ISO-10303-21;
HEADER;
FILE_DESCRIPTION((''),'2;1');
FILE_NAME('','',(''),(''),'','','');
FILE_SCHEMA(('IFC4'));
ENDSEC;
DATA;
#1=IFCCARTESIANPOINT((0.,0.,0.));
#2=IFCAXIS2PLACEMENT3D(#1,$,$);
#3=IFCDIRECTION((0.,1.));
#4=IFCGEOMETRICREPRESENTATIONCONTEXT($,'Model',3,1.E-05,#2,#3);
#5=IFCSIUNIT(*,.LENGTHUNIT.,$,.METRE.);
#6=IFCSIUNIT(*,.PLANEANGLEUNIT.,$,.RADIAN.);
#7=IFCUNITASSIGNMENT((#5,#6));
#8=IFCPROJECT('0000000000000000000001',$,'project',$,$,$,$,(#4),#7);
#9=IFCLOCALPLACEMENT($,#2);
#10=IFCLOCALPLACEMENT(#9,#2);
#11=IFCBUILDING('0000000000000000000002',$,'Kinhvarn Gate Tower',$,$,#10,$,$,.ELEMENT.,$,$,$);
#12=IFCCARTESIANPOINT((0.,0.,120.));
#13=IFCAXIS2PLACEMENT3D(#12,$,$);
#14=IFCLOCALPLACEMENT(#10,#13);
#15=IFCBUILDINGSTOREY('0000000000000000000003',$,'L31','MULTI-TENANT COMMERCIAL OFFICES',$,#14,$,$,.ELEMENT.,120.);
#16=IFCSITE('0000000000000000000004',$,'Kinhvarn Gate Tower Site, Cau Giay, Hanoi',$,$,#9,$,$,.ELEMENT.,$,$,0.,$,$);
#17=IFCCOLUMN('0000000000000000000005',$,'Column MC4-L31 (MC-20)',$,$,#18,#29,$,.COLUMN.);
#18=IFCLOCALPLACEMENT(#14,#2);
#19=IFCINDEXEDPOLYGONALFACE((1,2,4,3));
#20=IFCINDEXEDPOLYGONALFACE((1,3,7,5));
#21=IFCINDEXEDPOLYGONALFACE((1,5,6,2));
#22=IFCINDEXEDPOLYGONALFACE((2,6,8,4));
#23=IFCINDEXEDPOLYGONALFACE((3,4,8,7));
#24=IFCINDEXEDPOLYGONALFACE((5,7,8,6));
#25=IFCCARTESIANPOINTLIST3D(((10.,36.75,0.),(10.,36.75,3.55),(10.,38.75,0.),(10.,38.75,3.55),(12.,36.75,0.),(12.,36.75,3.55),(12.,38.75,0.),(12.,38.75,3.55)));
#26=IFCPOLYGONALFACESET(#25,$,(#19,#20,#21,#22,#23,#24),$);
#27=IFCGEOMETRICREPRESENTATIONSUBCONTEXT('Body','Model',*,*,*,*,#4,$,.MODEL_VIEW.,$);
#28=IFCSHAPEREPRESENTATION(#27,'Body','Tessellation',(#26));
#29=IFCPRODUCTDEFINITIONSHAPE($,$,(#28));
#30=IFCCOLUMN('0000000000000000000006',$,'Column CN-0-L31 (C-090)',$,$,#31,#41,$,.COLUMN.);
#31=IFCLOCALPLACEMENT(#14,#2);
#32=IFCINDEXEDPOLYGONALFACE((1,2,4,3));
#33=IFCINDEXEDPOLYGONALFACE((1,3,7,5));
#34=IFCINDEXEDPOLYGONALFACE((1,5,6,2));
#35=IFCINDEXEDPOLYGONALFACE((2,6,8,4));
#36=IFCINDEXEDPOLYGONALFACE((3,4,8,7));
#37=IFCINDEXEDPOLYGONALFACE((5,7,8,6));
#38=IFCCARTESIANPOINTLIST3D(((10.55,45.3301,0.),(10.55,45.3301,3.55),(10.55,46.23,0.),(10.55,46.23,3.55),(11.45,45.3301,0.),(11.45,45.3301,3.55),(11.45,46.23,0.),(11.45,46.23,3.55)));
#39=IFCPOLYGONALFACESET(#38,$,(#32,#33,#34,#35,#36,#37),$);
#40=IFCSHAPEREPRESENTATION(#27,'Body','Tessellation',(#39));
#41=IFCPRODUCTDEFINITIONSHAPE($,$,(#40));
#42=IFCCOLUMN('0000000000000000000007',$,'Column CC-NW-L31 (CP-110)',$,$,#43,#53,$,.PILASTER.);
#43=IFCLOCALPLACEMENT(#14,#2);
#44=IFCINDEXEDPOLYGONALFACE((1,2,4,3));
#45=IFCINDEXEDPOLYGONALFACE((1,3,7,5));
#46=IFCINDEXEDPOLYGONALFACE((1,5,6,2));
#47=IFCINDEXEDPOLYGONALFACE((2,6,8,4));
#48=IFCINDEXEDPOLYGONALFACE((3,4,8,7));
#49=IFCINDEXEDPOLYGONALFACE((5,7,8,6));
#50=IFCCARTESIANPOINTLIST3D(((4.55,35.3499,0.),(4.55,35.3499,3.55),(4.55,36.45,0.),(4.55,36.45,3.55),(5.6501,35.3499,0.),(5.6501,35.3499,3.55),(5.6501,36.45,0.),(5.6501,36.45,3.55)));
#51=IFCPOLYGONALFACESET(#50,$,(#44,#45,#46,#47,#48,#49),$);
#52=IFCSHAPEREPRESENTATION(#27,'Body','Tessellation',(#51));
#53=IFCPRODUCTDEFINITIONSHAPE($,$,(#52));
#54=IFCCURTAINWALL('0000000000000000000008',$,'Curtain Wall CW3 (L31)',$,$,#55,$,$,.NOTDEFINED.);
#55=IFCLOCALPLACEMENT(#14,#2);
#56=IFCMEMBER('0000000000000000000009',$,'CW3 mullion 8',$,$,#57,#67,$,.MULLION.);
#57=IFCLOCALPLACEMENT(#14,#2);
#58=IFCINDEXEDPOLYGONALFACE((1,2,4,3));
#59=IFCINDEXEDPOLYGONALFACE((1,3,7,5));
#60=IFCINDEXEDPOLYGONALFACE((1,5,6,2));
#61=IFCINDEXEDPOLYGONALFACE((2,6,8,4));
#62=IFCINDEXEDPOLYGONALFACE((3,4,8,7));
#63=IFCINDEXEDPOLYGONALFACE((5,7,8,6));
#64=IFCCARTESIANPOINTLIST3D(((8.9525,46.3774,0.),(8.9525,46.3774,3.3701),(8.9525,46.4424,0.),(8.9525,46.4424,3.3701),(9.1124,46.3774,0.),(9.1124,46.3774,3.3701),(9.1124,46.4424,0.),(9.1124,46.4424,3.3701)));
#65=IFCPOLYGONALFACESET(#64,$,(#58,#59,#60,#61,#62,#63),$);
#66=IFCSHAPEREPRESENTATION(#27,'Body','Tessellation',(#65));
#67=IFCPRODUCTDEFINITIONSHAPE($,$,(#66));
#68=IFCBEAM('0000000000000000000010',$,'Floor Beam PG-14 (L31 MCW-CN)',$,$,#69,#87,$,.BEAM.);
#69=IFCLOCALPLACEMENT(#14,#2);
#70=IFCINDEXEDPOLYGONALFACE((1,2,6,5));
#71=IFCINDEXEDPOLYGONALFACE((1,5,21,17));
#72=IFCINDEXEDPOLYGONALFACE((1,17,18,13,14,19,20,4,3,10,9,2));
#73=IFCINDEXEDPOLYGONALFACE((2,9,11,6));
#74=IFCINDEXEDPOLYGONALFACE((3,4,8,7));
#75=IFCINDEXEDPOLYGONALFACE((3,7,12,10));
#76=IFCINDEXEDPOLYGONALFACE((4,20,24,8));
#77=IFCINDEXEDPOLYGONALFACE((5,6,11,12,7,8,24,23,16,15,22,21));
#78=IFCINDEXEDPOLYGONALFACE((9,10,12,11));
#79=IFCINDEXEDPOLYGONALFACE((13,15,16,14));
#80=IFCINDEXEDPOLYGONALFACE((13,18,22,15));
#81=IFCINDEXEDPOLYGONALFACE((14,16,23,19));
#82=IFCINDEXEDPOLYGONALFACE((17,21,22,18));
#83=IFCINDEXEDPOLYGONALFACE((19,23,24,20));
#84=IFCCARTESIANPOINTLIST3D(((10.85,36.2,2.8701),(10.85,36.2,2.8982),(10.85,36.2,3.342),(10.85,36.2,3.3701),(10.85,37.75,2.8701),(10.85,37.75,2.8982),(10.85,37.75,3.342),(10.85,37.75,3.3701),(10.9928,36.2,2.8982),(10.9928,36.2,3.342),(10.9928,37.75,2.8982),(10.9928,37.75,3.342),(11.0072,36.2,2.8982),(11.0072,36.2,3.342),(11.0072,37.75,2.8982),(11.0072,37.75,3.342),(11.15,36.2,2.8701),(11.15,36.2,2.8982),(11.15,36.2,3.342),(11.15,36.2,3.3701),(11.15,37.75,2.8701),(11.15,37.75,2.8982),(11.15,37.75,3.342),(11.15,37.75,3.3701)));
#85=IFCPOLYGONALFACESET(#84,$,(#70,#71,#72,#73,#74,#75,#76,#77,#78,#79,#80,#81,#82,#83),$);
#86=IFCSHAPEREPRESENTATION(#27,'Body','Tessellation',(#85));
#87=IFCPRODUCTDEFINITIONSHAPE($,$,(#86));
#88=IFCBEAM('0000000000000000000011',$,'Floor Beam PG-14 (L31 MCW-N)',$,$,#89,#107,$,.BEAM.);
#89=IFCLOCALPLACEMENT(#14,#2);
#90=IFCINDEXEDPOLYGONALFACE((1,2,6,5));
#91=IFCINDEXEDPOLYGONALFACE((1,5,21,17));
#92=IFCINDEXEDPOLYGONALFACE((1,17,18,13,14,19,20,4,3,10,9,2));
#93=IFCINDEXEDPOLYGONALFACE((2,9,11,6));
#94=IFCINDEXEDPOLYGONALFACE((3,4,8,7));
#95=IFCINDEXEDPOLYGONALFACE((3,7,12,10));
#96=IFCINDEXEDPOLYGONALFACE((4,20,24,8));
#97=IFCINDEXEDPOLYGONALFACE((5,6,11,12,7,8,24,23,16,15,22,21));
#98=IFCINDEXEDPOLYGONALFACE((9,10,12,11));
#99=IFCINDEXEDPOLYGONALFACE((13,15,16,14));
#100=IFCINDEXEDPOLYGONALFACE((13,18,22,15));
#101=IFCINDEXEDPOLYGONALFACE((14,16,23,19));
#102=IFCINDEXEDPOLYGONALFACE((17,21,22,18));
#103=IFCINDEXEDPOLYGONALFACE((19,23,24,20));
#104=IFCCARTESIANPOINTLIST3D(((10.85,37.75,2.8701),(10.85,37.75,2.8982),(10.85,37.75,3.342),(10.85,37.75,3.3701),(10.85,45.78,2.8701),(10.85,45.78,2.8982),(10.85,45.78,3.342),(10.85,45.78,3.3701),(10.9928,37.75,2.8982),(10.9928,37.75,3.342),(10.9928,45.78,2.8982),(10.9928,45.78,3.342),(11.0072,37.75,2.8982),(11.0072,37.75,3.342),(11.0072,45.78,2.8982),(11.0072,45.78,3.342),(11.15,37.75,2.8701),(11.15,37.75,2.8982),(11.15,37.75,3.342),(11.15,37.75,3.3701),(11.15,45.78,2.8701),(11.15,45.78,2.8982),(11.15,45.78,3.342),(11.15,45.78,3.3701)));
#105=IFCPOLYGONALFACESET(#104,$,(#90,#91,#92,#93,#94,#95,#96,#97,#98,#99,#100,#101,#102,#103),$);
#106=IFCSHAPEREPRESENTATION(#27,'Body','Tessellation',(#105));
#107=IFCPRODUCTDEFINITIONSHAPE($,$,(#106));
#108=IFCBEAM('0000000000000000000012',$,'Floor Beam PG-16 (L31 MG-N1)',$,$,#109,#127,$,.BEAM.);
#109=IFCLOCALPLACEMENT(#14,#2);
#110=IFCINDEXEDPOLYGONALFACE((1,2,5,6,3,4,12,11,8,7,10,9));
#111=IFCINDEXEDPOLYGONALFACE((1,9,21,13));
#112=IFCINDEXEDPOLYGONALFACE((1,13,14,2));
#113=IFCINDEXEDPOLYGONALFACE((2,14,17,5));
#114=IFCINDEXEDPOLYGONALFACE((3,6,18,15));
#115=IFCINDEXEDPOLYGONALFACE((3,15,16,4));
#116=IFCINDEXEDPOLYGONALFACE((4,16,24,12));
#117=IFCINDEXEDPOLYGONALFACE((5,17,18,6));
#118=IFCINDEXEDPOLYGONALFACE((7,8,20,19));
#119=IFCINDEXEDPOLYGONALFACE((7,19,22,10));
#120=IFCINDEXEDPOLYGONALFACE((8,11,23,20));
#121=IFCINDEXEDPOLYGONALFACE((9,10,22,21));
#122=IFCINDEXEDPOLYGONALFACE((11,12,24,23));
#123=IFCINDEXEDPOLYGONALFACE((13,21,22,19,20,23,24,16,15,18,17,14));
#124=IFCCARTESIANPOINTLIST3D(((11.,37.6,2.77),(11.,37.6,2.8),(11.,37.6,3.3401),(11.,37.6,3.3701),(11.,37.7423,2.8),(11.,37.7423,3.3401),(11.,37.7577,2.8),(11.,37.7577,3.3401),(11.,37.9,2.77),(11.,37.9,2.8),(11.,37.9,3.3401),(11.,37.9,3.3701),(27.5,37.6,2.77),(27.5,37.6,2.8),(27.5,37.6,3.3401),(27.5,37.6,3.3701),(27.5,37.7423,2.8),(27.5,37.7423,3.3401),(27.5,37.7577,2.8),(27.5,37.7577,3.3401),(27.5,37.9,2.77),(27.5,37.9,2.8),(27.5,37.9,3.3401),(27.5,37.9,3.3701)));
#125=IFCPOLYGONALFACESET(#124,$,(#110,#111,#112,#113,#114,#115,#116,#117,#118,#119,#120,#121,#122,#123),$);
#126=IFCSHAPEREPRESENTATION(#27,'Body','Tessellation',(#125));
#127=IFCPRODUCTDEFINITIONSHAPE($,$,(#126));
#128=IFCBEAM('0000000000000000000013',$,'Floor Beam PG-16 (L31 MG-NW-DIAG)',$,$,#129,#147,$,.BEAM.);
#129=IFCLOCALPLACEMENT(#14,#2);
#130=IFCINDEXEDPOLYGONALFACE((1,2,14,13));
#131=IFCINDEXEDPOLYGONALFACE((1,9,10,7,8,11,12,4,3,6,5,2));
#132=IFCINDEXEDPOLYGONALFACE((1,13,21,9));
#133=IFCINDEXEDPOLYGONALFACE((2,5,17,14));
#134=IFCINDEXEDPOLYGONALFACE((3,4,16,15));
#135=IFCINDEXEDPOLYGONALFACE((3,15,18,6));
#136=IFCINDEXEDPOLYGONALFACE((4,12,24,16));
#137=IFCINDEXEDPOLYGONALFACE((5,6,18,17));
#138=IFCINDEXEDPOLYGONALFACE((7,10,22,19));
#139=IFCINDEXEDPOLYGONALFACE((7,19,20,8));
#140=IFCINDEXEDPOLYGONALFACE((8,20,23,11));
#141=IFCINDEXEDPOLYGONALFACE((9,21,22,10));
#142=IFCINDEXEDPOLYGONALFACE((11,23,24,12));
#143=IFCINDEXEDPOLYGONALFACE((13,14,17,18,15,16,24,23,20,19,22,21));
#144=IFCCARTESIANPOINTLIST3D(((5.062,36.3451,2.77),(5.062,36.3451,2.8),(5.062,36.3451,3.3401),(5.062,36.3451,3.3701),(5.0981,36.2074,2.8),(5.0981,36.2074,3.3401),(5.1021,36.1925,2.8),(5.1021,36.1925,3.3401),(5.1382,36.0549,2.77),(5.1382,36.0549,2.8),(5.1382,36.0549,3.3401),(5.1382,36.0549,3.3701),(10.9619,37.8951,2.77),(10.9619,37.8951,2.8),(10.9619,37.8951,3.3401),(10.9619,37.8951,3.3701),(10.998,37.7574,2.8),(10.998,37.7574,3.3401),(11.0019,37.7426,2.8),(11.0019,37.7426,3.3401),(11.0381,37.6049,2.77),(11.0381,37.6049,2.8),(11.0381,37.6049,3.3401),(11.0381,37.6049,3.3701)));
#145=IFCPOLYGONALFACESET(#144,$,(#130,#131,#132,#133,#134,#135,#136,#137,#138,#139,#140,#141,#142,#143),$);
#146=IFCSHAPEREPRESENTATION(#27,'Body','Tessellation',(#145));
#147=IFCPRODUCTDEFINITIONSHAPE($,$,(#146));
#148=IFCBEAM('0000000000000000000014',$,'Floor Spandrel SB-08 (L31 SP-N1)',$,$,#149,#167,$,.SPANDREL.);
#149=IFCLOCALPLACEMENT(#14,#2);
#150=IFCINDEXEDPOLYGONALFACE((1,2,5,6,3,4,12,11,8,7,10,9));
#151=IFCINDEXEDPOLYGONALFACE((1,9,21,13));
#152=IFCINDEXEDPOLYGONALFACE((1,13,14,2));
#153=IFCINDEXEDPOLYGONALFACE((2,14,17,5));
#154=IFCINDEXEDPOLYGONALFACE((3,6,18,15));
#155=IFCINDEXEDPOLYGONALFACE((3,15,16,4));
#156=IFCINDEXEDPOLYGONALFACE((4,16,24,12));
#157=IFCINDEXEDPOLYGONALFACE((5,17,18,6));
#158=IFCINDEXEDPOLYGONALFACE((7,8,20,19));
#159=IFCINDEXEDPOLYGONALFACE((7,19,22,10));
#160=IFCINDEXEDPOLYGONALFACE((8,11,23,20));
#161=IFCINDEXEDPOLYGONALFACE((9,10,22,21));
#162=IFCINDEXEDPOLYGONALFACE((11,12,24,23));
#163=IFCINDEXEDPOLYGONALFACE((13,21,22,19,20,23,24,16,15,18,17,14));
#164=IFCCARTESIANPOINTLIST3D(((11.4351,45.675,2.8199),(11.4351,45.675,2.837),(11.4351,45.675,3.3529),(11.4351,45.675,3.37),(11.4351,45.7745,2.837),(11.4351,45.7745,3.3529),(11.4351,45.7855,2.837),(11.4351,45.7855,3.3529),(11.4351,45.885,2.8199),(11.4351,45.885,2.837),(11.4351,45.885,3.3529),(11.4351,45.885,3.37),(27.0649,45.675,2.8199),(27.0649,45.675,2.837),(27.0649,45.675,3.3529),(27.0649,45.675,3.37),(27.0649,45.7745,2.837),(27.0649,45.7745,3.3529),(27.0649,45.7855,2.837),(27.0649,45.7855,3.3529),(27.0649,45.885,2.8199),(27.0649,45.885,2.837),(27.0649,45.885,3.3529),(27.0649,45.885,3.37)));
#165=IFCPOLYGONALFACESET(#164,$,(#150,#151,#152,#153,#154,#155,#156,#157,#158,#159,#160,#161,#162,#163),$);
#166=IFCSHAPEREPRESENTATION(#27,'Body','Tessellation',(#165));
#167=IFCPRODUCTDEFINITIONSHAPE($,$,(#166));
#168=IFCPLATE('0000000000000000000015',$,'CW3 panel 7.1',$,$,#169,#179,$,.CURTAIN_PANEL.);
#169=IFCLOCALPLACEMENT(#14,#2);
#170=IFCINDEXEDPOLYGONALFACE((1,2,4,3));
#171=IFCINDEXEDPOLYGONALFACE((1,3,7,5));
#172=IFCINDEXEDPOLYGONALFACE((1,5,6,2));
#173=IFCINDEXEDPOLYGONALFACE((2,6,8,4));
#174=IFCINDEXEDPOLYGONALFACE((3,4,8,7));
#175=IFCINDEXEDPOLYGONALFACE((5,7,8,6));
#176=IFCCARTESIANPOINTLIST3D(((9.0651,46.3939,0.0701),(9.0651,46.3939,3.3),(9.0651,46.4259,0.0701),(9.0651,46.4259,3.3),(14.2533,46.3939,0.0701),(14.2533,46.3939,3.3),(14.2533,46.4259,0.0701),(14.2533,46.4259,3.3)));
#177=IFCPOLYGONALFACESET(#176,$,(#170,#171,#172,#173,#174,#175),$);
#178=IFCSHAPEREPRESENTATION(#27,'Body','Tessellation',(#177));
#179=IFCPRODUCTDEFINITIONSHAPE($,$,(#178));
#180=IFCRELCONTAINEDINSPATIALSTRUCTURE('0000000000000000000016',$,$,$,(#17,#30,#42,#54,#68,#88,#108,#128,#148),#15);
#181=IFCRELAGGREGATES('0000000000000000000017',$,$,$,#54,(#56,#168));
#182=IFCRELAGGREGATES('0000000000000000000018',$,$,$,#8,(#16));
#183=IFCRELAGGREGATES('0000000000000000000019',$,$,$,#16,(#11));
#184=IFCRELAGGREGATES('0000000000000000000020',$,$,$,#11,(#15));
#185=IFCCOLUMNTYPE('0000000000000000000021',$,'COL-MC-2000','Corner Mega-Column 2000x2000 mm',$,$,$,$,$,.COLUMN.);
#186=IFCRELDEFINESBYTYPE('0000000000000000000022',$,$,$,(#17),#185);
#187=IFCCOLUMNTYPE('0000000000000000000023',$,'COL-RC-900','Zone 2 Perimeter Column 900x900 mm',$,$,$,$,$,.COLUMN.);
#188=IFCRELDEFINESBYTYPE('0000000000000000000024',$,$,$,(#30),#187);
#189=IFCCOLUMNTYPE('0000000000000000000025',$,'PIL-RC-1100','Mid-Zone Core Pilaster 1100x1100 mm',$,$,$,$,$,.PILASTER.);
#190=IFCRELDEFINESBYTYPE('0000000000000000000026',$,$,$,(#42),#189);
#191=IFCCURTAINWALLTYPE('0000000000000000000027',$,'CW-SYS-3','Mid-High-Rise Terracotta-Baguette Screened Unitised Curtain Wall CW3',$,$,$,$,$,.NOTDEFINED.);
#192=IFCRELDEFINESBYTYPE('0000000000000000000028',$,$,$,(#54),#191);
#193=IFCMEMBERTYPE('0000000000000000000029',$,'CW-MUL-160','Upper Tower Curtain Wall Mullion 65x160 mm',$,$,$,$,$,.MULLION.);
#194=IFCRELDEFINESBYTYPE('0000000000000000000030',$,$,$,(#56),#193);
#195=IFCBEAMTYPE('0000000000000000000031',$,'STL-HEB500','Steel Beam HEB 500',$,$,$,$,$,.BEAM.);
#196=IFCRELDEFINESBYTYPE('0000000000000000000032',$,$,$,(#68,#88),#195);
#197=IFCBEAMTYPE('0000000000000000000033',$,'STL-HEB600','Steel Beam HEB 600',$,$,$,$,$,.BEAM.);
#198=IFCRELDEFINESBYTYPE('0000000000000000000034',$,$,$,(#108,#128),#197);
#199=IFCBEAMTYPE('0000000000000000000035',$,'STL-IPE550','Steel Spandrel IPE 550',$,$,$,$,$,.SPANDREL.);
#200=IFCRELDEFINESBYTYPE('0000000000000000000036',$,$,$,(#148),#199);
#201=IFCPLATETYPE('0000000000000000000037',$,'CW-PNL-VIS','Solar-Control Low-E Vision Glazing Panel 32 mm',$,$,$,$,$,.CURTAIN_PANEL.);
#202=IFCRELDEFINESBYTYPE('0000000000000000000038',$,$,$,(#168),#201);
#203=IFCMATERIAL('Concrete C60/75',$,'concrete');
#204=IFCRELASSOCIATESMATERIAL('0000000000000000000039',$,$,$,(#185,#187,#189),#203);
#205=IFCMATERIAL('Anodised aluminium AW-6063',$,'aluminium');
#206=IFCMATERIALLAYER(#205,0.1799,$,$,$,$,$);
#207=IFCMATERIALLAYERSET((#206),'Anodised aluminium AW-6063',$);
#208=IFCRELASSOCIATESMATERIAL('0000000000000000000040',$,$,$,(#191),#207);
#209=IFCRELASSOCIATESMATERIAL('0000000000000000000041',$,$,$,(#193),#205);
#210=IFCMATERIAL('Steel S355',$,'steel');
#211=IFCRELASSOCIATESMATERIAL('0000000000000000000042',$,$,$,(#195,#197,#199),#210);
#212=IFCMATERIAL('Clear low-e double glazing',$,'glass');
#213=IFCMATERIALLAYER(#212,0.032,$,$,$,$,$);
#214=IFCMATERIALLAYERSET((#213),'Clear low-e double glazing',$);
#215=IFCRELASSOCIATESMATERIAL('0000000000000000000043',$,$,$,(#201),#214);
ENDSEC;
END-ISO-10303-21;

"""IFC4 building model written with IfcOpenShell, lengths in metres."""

from ifc_helpers import new_model, si_unit, direction, frame, origin, origin_2d, place, context, subcontext, project, spatial, rectangle, i_section, extrude, material, layer, layer_set, material_profile, profile_set, type_object, element, aggregate, save


model = new_model("IFC4")

# Units and contexts
model_context = context("Model", 3, precision=1e-05, world=origin(), true_north=direction((0.0, 1.0)))
body_context = subcontext(model_context, "Body", "Model", "MODEL_VIEW")
ifc_project = project(units=[si_unit("LENGTHUNIT", "METRE"), si_unit("PLANEANGLEUNIT", "RADIAN")], contexts=[model_context])

# Site, building, storey
site_placement = place(None, origin())
site = spatial("IfcSite", under=ifc_project, at=site_placement, Name="Kinhvarn Gate Tower Site, Cau Giay, Hanoi", CompositionType="ELEMENT", RefElevation=0.0)
building_placement = place(site_placement, origin())
building = spatial("IfcBuilding", under=site, at=building_placement, Name="Kinhvarn Gate Tower", CompositionType="ELEMENT")
storey_placement = place(building_placement, frame((0.0, 0.0, 120.0)))
storey = spatial("IfcBuildingStorey", under=building, at=storey_placement, Name="L31", Description="MULTI-TENANT COMMERCIAL OFFICES", CompositionType="ELEMENT", Elevation=120.0)

# Columns
ifc_material_1 = material(Name="Concrete C60/75", Category="concrete")
ifc_material_profile_1 = material_profile(ifc_material_1, rectangle(XDim=2.0, YDim=2.0, at=origin_2d()), Name="RC 2000x2000")
ifc_profile_set_1 = profile_set([ifc_material_profile_1], Name="Concrete C60/75")
column_type_1 = type_object("IfcColumnType", Name="COL-MC-2000", Description="Corner Mega-Column 2000x2000 mm", PredefinedType="COLUMN", material=ifc_profile_set_1)
column_1_placement = place(storey_placement, frame((11.0, 37.75, 0.0), z_axis=(0.0, 0.0, 1.0), x_axis=(1.0, 0.0, 0.0)))
element("IfcColumn", 1, at=column_1_placement, inside=storey, type_object=column_type_1, Name="Column MC4-L31 (MC-20)", PredefinedType="COLUMN", context=body_context, shape_type="SweptSolid", body=[
    extrude(rectangle(XDim=2.0, YDim=2.0, at=origin_2d()), origin(), (0.0, 0.0, 1.0), 3.55),
])
ifc_material_profile_2 = material_profile(ifc_material_1, rectangle(XDim=0.8999, YDim=0.8999, at=origin_2d()), Name="RC 900x900")
ifc_profile_set_2 = profile_set([ifc_material_profile_2], Name="Concrete C60/75")
column_type_2 = type_object("IfcColumnType", Name="COL-RC-900", Description="Zone 2 Perimeter Column 900x900 mm", PredefinedType="COLUMN", material=ifc_profile_set_2)
column_2_placement = place(storey_placement, frame((11.0, 45.78, 0.0), z_axis=(0.0, 0.0, 1.0), x_axis=(1.0, 0.0, 0.0)))
element("IfcColumn", 2, at=column_2_placement, inside=storey, type_object=column_type_2, Name="Column CN-0-L31 (C-090)", PredefinedType="COLUMN", context=body_context, shape_type="SweptSolid", body=[
    extrude(rectangle(XDim=0.8999, YDim=0.8999, at=origin_2d()), origin(), (0.0, 0.0, 1.0), 3.55),
])
ifc_material_profile_3 = material_profile(ifc_material_1, rectangle(XDim=1.1001, YDim=1.1001, at=origin_2d()), Name="RC 1100x1100")
ifc_profile_set_3 = profile_set([ifc_material_profile_3], Name="Concrete C60/75")
column_type_3 = type_object("IfcColumnType", Name="PIL-RC-1100", Description="Mid-Zone Core Pilaster 1100x1100 mm", PredefinedType="PILASTER", material=ifc_profile_set_3)
column_3_placement = place(storey_placement, frame((5.1001, 35.8999, 0.0), z_axis=(0.0, 0.0, 1.0), x_axis=(1.0, 0.0, 0.0)))
element("IfcColumn", 3, at=column_3_placement, inside=storey, type_object=column_type_3, Name="Column CC-NW-L31 (CP-110)", PredefinedType="PILASTER", context=body_context, shape_type="SweptSolid", body=[
    extrude(rectangle(XDim=1.1001, YDim=1.1001, at=origin_2d()), origin(), (0.0, 0.0, 1.0), 3.55),
])

# Curtain wall, member
ifc_material_2 = material(Name="Anodised aluminium AW-6063", Category="aluminium")
ifc_layer_1 = layer(ifc_material_2, 0.1799)
ifc_layer_set_1 = layer_set([ifc_layer_1], Name="Anodised aluminium AW-6063")
curtain_wall_type = type_object("IfcCurtainWallType", Name="CW-SYS-3", Description="Mid-High-Rise Terracotta-Baguette Screened Unitised Curtain Wall CW3", PredefinedType="NOTDEFINED", material=ifc_layer_set_1)
curtain_wall_placement = place(storey_placement, origin())
curtain_wall = element("IfcCurtainWall", 4, at=curtain_wall_placement, inside=storey, type_object=curtain_wall_type, Name="Curtain Wall CW3 (L31)", PredefinedType="NOTDEFINED")
ifc_material_profile_4 = material_profile(ifc_material_2, rectangle(XDim=0.0649, YDim=0.1599, at=origin_2d()), Name="ALU 65x160")
ifc_profile_set_4 = profile_set([ifc_material_profile_4], Name="Anodised aluminium AW-6063")
member_type = type_object("IfcMemberType", Name="CW-MUL-160", Description="Upper Tower Curtain Wall Mullion 65x160 mm", PredefinedType="MULLION", material=ifc_profile_set_4)
member_placement = place(storey_placement, frame((9.0325, 46.4099, 0.0), z_axis=(0.0, 0.0, 1.0), x_axis=(0.0, -1.0, 0.0)))
member = element("IfcMember", 5, at=member_placement, type_object=member_type, Name="CW3 mullion 8", PredefinedType="MULLION", context=body_context, shape_type="SweptSolid", body=[
    extrude(rectangle(XDim=0.0649, YDim=0.1599, at=origin_2d()), origin(), (0.0, 0.0, 1.0), 3.3701),
])

# Beams
ifc_material_3 = material(Name="Steel S355", Category="steel")
ifc_material_profile_5 = material_profile(ifc_material_3, i_section(OverallWidth=0.3, OverallDepth=0.5, WebThickness=0.0144, FlangeThickness=0.0281, at=origin_2d()), Name="HEB 500")
ifc_profile_set_5 = profile_set([ifc_material_profile_5], Name="Steel S355")
beam_type_1 = type_object("IfcBeamType", Name="STL-HEB500", Description="Steel Beam HEB 500", PredefinedType="BEAM", material=ifc_profile_set_5)
beam_1_placement = place(storey_placement, frame((11.0, 36.2, 3.1201), z_axis=(0.0, 1.0, 0.0), x_axis=(-1.0, 0.0, 0.0)))
element("IfcBeam", 6, at=beam_1_placement, inside=storey, type_object=beam_type_1, Name="Floor Beam PG-14 (L31 MCW-CN)", PredefinedType="BEAM", context=body_context, shape_type="SweptSolid", body=[
    extrude(i_section(OverallWidth=0.3, OverallDepth=0.5, WebThickness=0.0144, FlangeThickness=0.0281, at=origin_2d()), origin(), (0.0, 0.0, 1.0), 1.55),
])
beam_2_placement = place(storey_placement, frame((11.0, 37.75, 3.1201), z_axis=(0.0, 1.0, 0.0), x_axis=(-1.0, 0.0, 0.0)))
element("IfcBeam", 7, at=beam_2_placement, inside=storey, type_object=beam_type_1, Name="Floor Beam PG-14 (L31 MCW-N)", PredefinedType="BEAM", context=body_context, shape_type="SweptSolid", body=[
    extrude(i_section(OverallWidth=0.3, OverallDepth=0.5, WebThickness=0.0144, FlangeThickness=0.0281, at=origin_2d()), origin(), (0.0, 0.0, 1.0), 8.03),
])
ifc_material_profile_6 = material_profile(ifc_material_3, i_section(OverallWidth=0.3, OverallDepth=0.6001, WebThickness=0.0154, FlangeThickness=0.03, at=origin_2d()), Name="HEB 600")
ifc_profile_set_6 = profile_set([ifc_material_profile_6], Name="Steel S355")
beam_type_2 = type_object("IfcBeamType", Name="STL-HEB600", Description="Steel Beam HEB 600", PredefinedType="BEAM", material=ifc_profile_set_6)
beam_3_placement = place(storey_placement, frame((11.0, 37.75, 3.0701), z_axis=(1.0, 0.0, 0.0), x_axis=(0.0, 1.0, 0.0)))
element("IfcBeam", 8, at=beam_3_placement, inside=storey, type_object=beam_type_2, Name="Floor Beam PG-16 (L31 MG-N1)", PredefinedType="BEAM", context=body_context, shape_type="SweptSolid", body=[
    extrude(i_section(OverallWidth=0.3, OverallDepth=0.6001, WebThickness=0.0154, FlangeThickness=0.03, at=origin_2d()), origin(), (0.0, 0.0, 1.0), 16.5),
])
beam_4_placement = place(storey_placement, frame((5.1001, 36.2, 3.0701), z_axis=(0.967178, 0.254101, 0.0), x_axis=(-0.254101, 0.967178, 0.0)))
element("IfcBeam", 9, at=beam_4_placement, inside=storey, type_object=beam_type_2, Name="Floor Beam PG-16 (L31 MG-NW-DIAG)", PredefinedType="BEAM", context=body_context, shape_type="SweptSolid", body=[
    extrude(i_section(OverallWidth=0.3, OverallDepth=0.6001, WebThickness=0.0154, FlangeThickness=0.03, at=origin_2d()), origin(), (0.0, 0.0, 1.0), 6.1001),
])
ifc_material_profile_7 = material_profile(ifc_material_3, i_section(OverallWidth=0.21, OverallDepth=0.55, WebThickness=0.011, FlangeThickness=0.0171, at=origin_2d()), Name="IPE 550")
ifc_profile_set_7 = profile_set([ifc_material_profile_7], Name="Steel S355")
beam_type_3 = type_object("IfcBeamType", Name="STL-IPE550", Description="Steel Spandrel IPE 550", PredefinedType="SPANDREL", material=ifc_profile_set_7)
beam_5_placement = place(storey_placement, frame((11.4351, 45.78, 3.095), z_axis=(1.0, 0.0, 0.0), x_axis=(0.0, 1.0, 0.0)))
element("IfcBeam", 10, at=beam_5_placement, inside=storey, type_object=beam_type_3, Name="Floor Spandrel SB-08 (L31 SP-N1)", PredefinedType="SPANDREL", context=body_context, shape_type="SweptSolid", body=[
    extrude(i_section(OverallWidth=0.21, OverallDepth=0.55, WebThickness=0.011, FlangeThickness=0.0171, at=origin_2d()), origin(), (0.0, 0.0, 1.0), 15.6299),
])

# Plate
ifc_material_4 = material(Name="Clear low-e double glazing", Category="glass")
ifc_layer_2 = layer(ifc_material_4, 0.032)
ifc_layer_set_2 = layer_set([ifc_layer_2], Name="Clear low-e double glazing")
plate_type = type_object("IfcPlateType", Name="CW-PNL-VIS", Description="Solar-Control Low-E Vision Glazing Panel 32 mm", PredefinedType="CURTAIN_PANEL", material=ifc_layer_set_2)
plate_placement = place(storey_placement, frame((11.6592, 46.4099, 0.0701), z_axis=(0.0, 0.0, 1.0), x_axis=(-1.0, 0.0, 0.0)))
plate = element("IfcPlate", 11, at=plate_placement, type_object=plate_type, Name="CW3 panel 7.1", PredefinedType="CURTAIN_PANEL", context=body_context, shape_type="SweptSolid", body=[
    extrude(rectangle(XDim=5.1882, YDim=0.032, at=origin_2d()), origin(), (0.0, 0.0, 1.0), 3.23),
])
aggregate(curtain_wall, [member, plate])

save(model, "model.ifc")
